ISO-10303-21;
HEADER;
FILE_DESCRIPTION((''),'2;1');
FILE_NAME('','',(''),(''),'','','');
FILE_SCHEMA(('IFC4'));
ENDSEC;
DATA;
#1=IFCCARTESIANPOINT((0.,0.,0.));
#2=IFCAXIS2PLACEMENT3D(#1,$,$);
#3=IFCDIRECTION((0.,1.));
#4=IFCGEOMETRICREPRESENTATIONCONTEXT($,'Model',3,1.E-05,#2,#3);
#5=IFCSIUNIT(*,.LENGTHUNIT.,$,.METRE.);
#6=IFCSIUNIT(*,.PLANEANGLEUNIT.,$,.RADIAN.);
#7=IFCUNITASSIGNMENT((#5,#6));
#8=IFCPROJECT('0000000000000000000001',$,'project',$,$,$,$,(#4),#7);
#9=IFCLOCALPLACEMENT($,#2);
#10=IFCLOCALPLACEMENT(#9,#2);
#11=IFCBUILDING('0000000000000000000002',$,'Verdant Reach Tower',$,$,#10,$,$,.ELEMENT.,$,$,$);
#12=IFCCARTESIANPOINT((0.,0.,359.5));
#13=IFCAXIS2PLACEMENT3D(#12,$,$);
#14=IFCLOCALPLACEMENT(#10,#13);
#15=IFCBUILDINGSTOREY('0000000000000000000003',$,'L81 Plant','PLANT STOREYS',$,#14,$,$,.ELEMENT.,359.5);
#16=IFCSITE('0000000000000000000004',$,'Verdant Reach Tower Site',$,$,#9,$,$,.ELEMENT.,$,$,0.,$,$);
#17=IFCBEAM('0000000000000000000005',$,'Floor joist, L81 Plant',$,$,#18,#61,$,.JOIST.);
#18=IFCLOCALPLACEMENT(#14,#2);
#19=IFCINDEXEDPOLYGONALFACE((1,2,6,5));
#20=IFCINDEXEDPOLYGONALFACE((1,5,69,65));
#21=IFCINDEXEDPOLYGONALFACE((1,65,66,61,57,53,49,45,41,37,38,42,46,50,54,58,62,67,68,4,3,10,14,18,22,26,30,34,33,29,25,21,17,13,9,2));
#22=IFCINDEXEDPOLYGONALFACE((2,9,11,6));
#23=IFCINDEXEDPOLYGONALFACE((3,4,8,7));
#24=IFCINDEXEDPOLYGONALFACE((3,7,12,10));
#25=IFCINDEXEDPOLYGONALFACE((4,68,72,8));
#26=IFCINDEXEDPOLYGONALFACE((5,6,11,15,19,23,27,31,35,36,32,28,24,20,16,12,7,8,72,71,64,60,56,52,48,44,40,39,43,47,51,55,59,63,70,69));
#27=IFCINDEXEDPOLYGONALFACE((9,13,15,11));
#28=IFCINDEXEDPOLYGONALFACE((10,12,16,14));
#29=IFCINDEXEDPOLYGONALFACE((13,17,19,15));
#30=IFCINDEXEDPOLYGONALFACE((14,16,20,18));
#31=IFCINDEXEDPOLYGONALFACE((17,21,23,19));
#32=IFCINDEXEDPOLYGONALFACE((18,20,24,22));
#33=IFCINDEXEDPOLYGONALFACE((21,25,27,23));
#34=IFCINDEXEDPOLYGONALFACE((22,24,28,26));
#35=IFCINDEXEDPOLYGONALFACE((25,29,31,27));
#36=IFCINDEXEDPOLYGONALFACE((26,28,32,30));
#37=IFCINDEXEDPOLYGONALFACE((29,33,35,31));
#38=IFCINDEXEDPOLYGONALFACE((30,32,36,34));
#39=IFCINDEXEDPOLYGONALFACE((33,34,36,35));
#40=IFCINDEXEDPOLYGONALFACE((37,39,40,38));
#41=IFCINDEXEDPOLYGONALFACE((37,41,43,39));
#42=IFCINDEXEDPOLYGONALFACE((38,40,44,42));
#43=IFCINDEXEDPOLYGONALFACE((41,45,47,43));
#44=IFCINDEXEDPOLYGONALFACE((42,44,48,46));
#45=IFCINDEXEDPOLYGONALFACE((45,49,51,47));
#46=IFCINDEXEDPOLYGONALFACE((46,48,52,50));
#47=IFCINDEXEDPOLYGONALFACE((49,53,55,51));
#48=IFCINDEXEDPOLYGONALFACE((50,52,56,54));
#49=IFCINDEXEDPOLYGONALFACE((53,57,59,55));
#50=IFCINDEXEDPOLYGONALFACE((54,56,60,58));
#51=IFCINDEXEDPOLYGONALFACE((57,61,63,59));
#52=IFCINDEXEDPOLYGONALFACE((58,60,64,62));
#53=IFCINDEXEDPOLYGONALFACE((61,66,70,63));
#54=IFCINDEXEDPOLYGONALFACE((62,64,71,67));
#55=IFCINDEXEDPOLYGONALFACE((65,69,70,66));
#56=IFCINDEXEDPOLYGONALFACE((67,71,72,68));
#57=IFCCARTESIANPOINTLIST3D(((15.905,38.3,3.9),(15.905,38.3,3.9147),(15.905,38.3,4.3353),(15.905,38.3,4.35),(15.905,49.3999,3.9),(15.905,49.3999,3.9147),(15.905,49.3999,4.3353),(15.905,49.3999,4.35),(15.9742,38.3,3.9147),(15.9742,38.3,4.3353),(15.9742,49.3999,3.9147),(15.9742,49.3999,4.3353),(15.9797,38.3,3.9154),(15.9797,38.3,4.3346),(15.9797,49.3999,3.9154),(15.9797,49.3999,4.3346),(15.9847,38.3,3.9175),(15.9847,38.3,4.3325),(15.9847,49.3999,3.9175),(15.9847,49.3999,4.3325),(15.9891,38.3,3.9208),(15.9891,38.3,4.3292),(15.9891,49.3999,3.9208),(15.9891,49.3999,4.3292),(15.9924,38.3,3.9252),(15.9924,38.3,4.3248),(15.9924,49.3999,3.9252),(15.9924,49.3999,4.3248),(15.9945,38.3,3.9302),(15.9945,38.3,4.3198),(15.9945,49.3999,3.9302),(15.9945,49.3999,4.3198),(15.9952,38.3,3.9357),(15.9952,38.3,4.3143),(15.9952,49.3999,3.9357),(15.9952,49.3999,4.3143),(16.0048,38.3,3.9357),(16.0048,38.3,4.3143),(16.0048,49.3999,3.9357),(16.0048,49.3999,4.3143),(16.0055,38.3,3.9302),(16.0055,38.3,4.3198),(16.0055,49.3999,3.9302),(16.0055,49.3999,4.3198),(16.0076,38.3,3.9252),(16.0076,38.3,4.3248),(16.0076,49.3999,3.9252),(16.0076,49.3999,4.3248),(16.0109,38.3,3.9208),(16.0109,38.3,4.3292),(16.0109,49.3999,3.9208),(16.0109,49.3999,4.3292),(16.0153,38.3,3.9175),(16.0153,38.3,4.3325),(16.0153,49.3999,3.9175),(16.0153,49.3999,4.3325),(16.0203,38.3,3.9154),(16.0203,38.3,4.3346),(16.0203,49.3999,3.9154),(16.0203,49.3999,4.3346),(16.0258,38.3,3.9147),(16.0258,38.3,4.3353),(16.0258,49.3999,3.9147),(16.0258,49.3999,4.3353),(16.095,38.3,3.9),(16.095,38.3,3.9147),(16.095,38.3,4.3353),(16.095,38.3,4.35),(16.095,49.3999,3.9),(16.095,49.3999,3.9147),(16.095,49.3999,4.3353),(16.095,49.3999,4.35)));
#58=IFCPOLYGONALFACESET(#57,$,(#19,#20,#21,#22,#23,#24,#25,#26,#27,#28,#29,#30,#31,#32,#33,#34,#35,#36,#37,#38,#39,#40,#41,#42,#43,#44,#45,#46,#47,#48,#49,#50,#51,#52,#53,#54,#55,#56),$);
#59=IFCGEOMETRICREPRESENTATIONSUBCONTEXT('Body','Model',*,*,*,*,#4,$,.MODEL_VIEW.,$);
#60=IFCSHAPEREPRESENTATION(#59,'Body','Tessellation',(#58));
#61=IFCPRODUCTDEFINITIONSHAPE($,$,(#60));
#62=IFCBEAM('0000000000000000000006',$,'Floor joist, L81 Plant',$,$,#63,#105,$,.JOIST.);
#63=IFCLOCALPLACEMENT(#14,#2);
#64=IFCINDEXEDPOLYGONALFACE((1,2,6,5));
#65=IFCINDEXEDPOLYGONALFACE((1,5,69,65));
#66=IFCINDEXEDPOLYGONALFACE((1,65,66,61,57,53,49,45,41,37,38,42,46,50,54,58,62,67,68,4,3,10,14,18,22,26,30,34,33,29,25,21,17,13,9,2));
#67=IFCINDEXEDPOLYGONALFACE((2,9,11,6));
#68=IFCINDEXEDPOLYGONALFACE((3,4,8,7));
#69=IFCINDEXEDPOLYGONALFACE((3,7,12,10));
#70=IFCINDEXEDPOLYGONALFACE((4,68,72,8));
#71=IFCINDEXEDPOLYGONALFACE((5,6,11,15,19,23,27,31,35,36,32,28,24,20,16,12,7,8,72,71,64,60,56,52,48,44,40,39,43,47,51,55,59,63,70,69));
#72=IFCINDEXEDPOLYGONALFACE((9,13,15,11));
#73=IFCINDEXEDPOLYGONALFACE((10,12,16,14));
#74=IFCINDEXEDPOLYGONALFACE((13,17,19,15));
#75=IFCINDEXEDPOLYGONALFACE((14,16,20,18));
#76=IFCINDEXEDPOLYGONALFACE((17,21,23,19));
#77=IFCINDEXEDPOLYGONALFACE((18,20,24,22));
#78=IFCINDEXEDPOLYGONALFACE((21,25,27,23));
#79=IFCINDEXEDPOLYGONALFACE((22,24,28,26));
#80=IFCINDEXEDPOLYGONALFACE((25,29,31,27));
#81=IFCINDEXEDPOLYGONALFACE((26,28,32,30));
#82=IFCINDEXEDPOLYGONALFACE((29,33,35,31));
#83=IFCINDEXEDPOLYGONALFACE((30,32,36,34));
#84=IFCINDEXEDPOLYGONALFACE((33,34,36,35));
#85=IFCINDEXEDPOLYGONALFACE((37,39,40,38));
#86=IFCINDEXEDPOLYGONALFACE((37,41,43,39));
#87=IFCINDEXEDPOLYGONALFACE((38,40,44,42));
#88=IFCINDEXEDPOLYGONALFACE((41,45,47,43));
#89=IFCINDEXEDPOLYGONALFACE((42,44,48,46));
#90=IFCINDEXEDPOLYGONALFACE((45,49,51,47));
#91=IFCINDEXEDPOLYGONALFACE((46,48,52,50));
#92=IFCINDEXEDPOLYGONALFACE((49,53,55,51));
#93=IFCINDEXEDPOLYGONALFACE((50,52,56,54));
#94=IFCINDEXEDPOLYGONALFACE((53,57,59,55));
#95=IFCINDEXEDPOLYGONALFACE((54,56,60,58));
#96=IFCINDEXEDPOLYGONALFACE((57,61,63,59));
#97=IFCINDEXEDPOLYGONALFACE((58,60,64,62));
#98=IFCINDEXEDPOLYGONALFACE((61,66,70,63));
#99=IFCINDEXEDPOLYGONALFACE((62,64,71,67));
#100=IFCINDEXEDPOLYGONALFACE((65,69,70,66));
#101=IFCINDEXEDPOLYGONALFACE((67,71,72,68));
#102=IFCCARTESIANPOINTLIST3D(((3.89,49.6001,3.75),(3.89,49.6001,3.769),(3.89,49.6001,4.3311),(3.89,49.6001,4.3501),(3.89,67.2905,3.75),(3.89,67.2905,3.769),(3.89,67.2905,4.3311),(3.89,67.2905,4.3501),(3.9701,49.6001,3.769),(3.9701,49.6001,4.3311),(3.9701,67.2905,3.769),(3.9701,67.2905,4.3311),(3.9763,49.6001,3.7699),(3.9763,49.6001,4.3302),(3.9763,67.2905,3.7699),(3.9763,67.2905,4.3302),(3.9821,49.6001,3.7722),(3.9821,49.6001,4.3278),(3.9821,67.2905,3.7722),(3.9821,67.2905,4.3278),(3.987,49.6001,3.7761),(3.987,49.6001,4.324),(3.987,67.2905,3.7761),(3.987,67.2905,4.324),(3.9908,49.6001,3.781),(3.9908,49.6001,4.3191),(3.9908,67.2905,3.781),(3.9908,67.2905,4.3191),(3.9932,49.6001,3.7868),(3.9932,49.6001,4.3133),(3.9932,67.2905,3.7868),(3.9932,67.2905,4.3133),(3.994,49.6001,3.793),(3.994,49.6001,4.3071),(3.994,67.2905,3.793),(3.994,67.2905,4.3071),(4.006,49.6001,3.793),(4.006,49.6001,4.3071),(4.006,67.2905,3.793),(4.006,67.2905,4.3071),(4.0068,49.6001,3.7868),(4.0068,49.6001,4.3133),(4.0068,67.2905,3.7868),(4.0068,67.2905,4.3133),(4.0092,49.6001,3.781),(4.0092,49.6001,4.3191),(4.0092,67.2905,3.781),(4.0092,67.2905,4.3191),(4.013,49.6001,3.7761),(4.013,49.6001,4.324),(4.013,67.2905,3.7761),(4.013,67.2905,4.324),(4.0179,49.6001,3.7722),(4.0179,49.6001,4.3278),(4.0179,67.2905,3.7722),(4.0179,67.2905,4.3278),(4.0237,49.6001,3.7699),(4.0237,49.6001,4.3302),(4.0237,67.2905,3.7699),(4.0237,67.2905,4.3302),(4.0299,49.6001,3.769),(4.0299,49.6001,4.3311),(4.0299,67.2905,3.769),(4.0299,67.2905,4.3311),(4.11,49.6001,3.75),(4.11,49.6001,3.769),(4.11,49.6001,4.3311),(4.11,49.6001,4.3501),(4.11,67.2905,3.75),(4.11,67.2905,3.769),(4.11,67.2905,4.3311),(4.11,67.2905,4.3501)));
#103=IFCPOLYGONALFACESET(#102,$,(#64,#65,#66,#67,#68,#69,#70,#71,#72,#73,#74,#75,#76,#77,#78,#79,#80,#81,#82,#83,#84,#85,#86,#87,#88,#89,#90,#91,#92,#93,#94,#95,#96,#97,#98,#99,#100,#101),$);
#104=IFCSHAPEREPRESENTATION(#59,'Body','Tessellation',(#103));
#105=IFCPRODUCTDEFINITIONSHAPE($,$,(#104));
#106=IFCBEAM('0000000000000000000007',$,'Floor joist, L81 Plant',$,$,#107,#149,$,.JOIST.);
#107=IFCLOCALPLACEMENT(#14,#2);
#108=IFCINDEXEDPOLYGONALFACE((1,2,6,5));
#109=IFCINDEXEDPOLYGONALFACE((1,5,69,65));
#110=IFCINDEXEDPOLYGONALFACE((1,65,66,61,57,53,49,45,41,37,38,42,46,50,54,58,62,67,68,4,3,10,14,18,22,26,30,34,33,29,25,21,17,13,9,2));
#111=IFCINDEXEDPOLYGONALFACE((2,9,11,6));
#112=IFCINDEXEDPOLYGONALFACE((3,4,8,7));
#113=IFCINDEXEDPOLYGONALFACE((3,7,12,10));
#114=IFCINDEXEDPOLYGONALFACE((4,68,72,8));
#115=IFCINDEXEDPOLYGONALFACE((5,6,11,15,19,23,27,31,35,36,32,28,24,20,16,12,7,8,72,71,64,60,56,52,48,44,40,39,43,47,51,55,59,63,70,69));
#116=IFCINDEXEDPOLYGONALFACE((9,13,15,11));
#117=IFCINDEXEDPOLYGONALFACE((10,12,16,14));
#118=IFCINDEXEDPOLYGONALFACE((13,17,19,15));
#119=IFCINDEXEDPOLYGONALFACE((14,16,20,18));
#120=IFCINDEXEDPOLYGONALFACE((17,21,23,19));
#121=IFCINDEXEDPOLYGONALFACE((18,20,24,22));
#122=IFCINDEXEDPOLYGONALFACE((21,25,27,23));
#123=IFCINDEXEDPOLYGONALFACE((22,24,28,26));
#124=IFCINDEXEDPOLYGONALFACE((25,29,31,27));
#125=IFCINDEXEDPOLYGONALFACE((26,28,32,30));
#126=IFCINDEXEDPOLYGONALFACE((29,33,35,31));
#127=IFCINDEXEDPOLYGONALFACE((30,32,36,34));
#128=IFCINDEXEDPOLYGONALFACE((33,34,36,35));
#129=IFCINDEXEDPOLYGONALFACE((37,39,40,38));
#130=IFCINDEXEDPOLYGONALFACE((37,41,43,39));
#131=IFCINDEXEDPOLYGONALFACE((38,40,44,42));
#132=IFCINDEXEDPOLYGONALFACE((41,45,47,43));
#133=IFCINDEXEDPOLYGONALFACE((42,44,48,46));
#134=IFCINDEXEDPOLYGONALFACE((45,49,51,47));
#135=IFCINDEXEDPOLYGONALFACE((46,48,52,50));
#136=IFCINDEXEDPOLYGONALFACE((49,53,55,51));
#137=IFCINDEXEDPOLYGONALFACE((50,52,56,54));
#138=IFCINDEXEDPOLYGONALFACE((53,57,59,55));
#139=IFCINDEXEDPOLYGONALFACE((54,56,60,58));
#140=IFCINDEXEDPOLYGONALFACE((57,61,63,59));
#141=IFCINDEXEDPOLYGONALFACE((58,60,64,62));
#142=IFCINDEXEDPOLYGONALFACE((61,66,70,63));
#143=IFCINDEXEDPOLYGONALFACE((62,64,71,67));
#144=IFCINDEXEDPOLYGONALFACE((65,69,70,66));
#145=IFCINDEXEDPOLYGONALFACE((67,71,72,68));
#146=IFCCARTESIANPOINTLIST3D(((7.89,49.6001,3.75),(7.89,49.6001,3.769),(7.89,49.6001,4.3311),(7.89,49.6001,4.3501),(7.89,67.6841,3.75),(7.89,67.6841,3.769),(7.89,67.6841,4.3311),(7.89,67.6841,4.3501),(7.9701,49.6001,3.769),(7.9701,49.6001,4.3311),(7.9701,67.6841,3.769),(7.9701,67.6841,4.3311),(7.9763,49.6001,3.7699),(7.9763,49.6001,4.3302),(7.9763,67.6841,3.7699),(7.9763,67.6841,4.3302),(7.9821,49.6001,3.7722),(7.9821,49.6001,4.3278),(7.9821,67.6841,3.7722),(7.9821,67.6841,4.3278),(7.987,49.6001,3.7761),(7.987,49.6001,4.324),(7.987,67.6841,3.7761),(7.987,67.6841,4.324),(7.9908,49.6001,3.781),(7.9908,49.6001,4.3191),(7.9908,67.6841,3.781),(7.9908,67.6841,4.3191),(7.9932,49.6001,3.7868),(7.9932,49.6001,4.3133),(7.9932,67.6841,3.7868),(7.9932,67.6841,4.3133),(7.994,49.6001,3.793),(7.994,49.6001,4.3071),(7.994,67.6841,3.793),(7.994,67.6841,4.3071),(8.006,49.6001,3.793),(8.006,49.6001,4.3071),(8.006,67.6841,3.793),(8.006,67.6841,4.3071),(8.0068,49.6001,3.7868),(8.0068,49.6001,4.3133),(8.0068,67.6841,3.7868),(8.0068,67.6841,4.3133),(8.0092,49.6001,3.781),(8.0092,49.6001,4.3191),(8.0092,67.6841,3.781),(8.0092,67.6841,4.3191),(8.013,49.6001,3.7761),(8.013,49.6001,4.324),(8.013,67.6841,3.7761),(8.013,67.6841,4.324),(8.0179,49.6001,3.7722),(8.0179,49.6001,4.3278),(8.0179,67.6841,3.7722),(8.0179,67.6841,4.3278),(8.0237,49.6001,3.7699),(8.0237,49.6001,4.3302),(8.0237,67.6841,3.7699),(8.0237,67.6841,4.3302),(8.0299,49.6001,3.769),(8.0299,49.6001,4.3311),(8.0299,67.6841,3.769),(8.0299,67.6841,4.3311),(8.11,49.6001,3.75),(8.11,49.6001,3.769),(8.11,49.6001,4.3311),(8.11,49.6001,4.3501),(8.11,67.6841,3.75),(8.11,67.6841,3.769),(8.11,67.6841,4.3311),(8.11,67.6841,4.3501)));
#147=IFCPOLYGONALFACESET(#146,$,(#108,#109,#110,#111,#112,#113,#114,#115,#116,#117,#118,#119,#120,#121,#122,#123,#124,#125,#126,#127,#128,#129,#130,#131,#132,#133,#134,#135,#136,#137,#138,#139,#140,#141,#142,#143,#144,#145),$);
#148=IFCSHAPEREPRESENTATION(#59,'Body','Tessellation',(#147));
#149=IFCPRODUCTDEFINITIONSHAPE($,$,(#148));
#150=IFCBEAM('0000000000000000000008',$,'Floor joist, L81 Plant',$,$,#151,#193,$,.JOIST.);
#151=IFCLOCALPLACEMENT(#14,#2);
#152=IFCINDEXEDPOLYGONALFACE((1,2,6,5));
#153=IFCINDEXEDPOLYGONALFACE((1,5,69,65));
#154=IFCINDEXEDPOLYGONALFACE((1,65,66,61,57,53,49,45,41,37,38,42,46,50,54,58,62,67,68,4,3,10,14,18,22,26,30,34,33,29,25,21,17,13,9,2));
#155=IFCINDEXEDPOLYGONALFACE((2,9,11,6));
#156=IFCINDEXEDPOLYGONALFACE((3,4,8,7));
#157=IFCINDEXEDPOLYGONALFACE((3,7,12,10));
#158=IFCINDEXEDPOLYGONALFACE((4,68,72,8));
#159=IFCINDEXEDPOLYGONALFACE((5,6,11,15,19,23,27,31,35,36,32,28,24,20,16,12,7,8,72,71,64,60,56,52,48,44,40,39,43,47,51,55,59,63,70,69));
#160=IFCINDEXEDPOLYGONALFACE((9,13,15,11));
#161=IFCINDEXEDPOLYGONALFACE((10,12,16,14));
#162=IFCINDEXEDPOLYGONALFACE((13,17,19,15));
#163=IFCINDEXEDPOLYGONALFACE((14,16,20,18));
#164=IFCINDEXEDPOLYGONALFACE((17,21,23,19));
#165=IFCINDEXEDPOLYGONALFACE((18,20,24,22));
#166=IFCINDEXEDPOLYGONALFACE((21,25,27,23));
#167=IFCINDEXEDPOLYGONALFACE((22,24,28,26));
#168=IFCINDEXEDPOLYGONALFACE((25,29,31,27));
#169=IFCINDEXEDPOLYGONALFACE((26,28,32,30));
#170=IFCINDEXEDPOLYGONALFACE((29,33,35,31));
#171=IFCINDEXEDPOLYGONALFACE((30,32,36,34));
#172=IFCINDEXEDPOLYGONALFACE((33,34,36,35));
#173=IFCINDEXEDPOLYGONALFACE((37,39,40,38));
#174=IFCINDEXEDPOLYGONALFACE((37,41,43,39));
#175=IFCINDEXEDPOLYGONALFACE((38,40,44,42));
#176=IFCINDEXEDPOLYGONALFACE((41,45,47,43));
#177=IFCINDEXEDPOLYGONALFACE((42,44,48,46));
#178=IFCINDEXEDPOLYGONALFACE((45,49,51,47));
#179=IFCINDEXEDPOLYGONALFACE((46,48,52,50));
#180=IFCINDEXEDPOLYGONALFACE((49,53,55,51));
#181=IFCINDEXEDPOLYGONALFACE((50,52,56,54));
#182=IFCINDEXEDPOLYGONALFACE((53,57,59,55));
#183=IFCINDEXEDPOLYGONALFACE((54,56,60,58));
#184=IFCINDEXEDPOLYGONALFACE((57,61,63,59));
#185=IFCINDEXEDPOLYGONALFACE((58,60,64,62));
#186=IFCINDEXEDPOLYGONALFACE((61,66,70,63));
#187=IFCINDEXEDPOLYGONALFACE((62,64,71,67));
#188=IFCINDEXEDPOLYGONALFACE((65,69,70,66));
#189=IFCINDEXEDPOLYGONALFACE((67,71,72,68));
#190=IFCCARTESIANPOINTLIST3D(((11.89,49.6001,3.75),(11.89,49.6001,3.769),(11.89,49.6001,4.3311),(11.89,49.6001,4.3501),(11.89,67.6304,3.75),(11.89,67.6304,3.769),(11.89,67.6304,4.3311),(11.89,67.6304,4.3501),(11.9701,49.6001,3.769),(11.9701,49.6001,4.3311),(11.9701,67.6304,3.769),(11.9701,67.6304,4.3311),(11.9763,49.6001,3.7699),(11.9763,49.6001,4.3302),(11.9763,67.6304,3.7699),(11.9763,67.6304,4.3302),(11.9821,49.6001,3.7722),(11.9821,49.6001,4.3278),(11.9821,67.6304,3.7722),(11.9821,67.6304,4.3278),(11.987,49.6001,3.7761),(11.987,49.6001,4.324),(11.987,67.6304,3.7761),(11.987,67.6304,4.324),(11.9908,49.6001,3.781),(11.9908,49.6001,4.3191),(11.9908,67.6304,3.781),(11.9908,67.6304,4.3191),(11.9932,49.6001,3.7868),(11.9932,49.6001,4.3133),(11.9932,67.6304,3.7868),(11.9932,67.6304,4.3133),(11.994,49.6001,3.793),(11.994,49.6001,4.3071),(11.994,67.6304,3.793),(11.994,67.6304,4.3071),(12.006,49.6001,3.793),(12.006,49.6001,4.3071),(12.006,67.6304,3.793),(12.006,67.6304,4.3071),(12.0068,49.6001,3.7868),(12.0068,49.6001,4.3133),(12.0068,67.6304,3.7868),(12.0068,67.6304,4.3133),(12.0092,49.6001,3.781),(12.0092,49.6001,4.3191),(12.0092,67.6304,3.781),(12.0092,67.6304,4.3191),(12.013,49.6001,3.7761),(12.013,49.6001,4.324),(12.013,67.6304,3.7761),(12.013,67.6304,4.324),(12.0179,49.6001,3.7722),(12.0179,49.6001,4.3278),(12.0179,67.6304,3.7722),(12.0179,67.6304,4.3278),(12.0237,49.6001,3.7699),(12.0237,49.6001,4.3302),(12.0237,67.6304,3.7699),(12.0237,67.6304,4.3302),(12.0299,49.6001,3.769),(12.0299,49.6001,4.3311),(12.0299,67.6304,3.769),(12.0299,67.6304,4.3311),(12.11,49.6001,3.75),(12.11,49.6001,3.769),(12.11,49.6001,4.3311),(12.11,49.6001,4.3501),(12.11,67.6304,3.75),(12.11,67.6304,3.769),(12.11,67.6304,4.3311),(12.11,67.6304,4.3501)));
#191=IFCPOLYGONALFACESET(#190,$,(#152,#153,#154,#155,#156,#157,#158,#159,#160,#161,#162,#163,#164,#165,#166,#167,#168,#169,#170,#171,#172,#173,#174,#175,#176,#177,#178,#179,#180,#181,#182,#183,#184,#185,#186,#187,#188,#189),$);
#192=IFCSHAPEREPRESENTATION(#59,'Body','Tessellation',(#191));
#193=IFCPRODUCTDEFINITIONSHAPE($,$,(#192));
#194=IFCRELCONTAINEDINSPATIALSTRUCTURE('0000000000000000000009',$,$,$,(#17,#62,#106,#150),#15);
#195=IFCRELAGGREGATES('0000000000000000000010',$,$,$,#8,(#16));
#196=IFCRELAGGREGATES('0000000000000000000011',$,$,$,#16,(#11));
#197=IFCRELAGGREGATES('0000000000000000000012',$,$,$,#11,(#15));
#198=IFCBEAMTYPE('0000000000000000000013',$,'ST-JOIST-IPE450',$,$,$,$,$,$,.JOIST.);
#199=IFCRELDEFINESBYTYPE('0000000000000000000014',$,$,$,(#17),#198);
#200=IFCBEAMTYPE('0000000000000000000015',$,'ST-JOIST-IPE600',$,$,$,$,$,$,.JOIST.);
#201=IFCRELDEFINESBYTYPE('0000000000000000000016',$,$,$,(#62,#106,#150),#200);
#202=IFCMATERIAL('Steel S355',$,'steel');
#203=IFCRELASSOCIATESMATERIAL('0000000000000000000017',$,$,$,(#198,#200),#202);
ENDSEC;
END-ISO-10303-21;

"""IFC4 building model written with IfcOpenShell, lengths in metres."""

from ifc_helpers import new_model, si_unit, direction, frame, origin, origin_2d, place, context, subcontext, project, spatial, i_section, extrude, material, material_profile, profile_set, type_object, element, save


model = new_model("IFC4")

# Units and contexts
model_context = context("Model", 3, precision=1e-05, world=origin(), true_north=direction((0.0, 1.0)))
body_context = subcontext(model_context, "Body", "Model", "MODEL_VIEW")
ifc_project = project(units=[si_unit("LENGTHUNIT", "METRE"), si_unit("PLANEANGLEUNIT", "RADIAN")], contexts=[model_context])

# Site, building, storey
site_placement = place(None, origin())
site = spatial("IfcSite", under=ifc_project, at=site_placement, Name="Verdant Reach Tower Site", CompositionType="ELEMENT", RefElevation=0.0)
building_placement = place(site_placement, origin())
building = spatial("IfcBuilding", under=site, at=building_placement, Name="Verdant Reach Tower", CompositionType="ELEMENT")
storey_placement = place(building_placement, frame((0.0, 0.0, 359.5)))
storey = spatial("IfcBuildingStorey", under=building, at=storey_placement, Name="L81 Plant", Description="PLANT STOREYS", CompositionType="ELEMENT", Elevation=359.5)

# Beams
ifc_material_1 = material(Name="Steel S355", Category="steel")
ifc_material_profile_1 = material_profile(ifc_material_1, i_section(OverallWidth=0.1899, OverallDepth=0.45, WebThickness=0.0095, FlangeThickness=0.0146, FilletRadius=0.021, at=origin_2d()), Name="IPE 450")
ifc_profile_set_1 = profile_set([ifc_material_profile_1], Name="Steel S355")
beam_type_1 = type_object("IfcBeamType", Name="ST-JOIST-IPE450", PredefinedType="JOIST", material=ifc_profile_set_1)
beam_1_placement = place(storey_placement, frame((16.0, 38.3, 4.125), z_axis=(0.0, 1.0, 0.0), x_axis=(-1.0, 0.0, 0.0)))
element("IfcBeam", 1, at=beam_1_placement, inside=storey, type_object=beam_type_1, Name="Floor joist, L81 Plant", PredefinedType="JOIST", context=body_context, shape_type="SweptSolid", body=[
    extrude(i_section(OverallWidth=0.1899, OverallDepth=0.45, WebThickness=0.0095, FlangeThickness=0.0146, FilletRadius=0.021, at=origin_2d()), origin(), (0.0, 0.0, 1.0), 11.0999),
])
ifc_material_profile_2 = material_profile(ifc_material_1, i_section(OverallWidth=0.22, OverallDepth=0.6001, WebThickness=0.012, FlangeThickness=0.019, FilletRadius=0.0239, at=origin_2d()), Name="IPE 600")
ifc_profile_set_2 = profile_set([ifc_material_profile_2], Name="Steel S355")
beam_type_2 = type_object("IfcBeamType", Name="ST-JOIST-IPE600", PredefinedType="JOIST", material=ifc_profile_set_2)
beam_2_placement = place(storey_placement, frame((4.0, 49.6001, 4.05), z_axis=(0.0, 1.0, 0.0), x_axis=(-1.0, 0.0, 0.0)))
element("IfcBeam", 2, at=beam_2_placement, inside=storey, type_object=beam_type_2, Name="Floor joist, L81 Plant", PredefinedType="JOIST", context=body_context, shape_type="SweptSolid", body=[
    extrude(i_section(OverallWidth=0.22, OverallDepth=0.6001, WebThickness=0.012, FlangeThickness=0.019, FilletRadius=0.0239, at=origin_2d()), origin(), (0.0, 0.0, 1.0), 17.6904),
])
beam_3_placement = place(storey_placement, frame((8.0, 49.6001, 4.05), z_axis=(0.0, 1.0, 0.0), x_axis=(-1.0, 0.0, 0.0)))
element("IfcBeam", 3, at=beam_3_placement, inside=storey, type_object=beam_type_2, Name="Floor joist, L81 Plant", PredefinedType="JOIST", context=body_context, shape_type="SweptSolid", body=[
    extrude(i_section(OverallWidth=0.22, OverallDepth=0.6001, WebThickness=0.012, FlangeThickness=0.019, FilletRadius=0.0239, at=origin_2d()), origin(), (0.0, 0.0, 1.0), 18.084),
])
beam_4_placement = place(storey_placement, frame((12.0, 49.6001, 4.05), z_axis=(0.0, 1.0, 0.0), x_axis=(-1.0, 0.0, 0.0)))
element("IfcBeam", 4, at=beam_4_placement, inside=storey, type_object=beam_type_2, Name="Floor joist, L81 Plant", PredefinedType="JOIST", context=body_context, shape_type="SweptSolid", body=[
    extrude(i_section(OverallWidth=0.22, OverallDepth=0.6001, WebThickness=0.012, FlangeThickness=0.019, FilletRadius=0.0239, at=origin_2d()), origin(), (0.0, 0.0, 1.0), 18.0303),
])

save(model, "model.ifc")
